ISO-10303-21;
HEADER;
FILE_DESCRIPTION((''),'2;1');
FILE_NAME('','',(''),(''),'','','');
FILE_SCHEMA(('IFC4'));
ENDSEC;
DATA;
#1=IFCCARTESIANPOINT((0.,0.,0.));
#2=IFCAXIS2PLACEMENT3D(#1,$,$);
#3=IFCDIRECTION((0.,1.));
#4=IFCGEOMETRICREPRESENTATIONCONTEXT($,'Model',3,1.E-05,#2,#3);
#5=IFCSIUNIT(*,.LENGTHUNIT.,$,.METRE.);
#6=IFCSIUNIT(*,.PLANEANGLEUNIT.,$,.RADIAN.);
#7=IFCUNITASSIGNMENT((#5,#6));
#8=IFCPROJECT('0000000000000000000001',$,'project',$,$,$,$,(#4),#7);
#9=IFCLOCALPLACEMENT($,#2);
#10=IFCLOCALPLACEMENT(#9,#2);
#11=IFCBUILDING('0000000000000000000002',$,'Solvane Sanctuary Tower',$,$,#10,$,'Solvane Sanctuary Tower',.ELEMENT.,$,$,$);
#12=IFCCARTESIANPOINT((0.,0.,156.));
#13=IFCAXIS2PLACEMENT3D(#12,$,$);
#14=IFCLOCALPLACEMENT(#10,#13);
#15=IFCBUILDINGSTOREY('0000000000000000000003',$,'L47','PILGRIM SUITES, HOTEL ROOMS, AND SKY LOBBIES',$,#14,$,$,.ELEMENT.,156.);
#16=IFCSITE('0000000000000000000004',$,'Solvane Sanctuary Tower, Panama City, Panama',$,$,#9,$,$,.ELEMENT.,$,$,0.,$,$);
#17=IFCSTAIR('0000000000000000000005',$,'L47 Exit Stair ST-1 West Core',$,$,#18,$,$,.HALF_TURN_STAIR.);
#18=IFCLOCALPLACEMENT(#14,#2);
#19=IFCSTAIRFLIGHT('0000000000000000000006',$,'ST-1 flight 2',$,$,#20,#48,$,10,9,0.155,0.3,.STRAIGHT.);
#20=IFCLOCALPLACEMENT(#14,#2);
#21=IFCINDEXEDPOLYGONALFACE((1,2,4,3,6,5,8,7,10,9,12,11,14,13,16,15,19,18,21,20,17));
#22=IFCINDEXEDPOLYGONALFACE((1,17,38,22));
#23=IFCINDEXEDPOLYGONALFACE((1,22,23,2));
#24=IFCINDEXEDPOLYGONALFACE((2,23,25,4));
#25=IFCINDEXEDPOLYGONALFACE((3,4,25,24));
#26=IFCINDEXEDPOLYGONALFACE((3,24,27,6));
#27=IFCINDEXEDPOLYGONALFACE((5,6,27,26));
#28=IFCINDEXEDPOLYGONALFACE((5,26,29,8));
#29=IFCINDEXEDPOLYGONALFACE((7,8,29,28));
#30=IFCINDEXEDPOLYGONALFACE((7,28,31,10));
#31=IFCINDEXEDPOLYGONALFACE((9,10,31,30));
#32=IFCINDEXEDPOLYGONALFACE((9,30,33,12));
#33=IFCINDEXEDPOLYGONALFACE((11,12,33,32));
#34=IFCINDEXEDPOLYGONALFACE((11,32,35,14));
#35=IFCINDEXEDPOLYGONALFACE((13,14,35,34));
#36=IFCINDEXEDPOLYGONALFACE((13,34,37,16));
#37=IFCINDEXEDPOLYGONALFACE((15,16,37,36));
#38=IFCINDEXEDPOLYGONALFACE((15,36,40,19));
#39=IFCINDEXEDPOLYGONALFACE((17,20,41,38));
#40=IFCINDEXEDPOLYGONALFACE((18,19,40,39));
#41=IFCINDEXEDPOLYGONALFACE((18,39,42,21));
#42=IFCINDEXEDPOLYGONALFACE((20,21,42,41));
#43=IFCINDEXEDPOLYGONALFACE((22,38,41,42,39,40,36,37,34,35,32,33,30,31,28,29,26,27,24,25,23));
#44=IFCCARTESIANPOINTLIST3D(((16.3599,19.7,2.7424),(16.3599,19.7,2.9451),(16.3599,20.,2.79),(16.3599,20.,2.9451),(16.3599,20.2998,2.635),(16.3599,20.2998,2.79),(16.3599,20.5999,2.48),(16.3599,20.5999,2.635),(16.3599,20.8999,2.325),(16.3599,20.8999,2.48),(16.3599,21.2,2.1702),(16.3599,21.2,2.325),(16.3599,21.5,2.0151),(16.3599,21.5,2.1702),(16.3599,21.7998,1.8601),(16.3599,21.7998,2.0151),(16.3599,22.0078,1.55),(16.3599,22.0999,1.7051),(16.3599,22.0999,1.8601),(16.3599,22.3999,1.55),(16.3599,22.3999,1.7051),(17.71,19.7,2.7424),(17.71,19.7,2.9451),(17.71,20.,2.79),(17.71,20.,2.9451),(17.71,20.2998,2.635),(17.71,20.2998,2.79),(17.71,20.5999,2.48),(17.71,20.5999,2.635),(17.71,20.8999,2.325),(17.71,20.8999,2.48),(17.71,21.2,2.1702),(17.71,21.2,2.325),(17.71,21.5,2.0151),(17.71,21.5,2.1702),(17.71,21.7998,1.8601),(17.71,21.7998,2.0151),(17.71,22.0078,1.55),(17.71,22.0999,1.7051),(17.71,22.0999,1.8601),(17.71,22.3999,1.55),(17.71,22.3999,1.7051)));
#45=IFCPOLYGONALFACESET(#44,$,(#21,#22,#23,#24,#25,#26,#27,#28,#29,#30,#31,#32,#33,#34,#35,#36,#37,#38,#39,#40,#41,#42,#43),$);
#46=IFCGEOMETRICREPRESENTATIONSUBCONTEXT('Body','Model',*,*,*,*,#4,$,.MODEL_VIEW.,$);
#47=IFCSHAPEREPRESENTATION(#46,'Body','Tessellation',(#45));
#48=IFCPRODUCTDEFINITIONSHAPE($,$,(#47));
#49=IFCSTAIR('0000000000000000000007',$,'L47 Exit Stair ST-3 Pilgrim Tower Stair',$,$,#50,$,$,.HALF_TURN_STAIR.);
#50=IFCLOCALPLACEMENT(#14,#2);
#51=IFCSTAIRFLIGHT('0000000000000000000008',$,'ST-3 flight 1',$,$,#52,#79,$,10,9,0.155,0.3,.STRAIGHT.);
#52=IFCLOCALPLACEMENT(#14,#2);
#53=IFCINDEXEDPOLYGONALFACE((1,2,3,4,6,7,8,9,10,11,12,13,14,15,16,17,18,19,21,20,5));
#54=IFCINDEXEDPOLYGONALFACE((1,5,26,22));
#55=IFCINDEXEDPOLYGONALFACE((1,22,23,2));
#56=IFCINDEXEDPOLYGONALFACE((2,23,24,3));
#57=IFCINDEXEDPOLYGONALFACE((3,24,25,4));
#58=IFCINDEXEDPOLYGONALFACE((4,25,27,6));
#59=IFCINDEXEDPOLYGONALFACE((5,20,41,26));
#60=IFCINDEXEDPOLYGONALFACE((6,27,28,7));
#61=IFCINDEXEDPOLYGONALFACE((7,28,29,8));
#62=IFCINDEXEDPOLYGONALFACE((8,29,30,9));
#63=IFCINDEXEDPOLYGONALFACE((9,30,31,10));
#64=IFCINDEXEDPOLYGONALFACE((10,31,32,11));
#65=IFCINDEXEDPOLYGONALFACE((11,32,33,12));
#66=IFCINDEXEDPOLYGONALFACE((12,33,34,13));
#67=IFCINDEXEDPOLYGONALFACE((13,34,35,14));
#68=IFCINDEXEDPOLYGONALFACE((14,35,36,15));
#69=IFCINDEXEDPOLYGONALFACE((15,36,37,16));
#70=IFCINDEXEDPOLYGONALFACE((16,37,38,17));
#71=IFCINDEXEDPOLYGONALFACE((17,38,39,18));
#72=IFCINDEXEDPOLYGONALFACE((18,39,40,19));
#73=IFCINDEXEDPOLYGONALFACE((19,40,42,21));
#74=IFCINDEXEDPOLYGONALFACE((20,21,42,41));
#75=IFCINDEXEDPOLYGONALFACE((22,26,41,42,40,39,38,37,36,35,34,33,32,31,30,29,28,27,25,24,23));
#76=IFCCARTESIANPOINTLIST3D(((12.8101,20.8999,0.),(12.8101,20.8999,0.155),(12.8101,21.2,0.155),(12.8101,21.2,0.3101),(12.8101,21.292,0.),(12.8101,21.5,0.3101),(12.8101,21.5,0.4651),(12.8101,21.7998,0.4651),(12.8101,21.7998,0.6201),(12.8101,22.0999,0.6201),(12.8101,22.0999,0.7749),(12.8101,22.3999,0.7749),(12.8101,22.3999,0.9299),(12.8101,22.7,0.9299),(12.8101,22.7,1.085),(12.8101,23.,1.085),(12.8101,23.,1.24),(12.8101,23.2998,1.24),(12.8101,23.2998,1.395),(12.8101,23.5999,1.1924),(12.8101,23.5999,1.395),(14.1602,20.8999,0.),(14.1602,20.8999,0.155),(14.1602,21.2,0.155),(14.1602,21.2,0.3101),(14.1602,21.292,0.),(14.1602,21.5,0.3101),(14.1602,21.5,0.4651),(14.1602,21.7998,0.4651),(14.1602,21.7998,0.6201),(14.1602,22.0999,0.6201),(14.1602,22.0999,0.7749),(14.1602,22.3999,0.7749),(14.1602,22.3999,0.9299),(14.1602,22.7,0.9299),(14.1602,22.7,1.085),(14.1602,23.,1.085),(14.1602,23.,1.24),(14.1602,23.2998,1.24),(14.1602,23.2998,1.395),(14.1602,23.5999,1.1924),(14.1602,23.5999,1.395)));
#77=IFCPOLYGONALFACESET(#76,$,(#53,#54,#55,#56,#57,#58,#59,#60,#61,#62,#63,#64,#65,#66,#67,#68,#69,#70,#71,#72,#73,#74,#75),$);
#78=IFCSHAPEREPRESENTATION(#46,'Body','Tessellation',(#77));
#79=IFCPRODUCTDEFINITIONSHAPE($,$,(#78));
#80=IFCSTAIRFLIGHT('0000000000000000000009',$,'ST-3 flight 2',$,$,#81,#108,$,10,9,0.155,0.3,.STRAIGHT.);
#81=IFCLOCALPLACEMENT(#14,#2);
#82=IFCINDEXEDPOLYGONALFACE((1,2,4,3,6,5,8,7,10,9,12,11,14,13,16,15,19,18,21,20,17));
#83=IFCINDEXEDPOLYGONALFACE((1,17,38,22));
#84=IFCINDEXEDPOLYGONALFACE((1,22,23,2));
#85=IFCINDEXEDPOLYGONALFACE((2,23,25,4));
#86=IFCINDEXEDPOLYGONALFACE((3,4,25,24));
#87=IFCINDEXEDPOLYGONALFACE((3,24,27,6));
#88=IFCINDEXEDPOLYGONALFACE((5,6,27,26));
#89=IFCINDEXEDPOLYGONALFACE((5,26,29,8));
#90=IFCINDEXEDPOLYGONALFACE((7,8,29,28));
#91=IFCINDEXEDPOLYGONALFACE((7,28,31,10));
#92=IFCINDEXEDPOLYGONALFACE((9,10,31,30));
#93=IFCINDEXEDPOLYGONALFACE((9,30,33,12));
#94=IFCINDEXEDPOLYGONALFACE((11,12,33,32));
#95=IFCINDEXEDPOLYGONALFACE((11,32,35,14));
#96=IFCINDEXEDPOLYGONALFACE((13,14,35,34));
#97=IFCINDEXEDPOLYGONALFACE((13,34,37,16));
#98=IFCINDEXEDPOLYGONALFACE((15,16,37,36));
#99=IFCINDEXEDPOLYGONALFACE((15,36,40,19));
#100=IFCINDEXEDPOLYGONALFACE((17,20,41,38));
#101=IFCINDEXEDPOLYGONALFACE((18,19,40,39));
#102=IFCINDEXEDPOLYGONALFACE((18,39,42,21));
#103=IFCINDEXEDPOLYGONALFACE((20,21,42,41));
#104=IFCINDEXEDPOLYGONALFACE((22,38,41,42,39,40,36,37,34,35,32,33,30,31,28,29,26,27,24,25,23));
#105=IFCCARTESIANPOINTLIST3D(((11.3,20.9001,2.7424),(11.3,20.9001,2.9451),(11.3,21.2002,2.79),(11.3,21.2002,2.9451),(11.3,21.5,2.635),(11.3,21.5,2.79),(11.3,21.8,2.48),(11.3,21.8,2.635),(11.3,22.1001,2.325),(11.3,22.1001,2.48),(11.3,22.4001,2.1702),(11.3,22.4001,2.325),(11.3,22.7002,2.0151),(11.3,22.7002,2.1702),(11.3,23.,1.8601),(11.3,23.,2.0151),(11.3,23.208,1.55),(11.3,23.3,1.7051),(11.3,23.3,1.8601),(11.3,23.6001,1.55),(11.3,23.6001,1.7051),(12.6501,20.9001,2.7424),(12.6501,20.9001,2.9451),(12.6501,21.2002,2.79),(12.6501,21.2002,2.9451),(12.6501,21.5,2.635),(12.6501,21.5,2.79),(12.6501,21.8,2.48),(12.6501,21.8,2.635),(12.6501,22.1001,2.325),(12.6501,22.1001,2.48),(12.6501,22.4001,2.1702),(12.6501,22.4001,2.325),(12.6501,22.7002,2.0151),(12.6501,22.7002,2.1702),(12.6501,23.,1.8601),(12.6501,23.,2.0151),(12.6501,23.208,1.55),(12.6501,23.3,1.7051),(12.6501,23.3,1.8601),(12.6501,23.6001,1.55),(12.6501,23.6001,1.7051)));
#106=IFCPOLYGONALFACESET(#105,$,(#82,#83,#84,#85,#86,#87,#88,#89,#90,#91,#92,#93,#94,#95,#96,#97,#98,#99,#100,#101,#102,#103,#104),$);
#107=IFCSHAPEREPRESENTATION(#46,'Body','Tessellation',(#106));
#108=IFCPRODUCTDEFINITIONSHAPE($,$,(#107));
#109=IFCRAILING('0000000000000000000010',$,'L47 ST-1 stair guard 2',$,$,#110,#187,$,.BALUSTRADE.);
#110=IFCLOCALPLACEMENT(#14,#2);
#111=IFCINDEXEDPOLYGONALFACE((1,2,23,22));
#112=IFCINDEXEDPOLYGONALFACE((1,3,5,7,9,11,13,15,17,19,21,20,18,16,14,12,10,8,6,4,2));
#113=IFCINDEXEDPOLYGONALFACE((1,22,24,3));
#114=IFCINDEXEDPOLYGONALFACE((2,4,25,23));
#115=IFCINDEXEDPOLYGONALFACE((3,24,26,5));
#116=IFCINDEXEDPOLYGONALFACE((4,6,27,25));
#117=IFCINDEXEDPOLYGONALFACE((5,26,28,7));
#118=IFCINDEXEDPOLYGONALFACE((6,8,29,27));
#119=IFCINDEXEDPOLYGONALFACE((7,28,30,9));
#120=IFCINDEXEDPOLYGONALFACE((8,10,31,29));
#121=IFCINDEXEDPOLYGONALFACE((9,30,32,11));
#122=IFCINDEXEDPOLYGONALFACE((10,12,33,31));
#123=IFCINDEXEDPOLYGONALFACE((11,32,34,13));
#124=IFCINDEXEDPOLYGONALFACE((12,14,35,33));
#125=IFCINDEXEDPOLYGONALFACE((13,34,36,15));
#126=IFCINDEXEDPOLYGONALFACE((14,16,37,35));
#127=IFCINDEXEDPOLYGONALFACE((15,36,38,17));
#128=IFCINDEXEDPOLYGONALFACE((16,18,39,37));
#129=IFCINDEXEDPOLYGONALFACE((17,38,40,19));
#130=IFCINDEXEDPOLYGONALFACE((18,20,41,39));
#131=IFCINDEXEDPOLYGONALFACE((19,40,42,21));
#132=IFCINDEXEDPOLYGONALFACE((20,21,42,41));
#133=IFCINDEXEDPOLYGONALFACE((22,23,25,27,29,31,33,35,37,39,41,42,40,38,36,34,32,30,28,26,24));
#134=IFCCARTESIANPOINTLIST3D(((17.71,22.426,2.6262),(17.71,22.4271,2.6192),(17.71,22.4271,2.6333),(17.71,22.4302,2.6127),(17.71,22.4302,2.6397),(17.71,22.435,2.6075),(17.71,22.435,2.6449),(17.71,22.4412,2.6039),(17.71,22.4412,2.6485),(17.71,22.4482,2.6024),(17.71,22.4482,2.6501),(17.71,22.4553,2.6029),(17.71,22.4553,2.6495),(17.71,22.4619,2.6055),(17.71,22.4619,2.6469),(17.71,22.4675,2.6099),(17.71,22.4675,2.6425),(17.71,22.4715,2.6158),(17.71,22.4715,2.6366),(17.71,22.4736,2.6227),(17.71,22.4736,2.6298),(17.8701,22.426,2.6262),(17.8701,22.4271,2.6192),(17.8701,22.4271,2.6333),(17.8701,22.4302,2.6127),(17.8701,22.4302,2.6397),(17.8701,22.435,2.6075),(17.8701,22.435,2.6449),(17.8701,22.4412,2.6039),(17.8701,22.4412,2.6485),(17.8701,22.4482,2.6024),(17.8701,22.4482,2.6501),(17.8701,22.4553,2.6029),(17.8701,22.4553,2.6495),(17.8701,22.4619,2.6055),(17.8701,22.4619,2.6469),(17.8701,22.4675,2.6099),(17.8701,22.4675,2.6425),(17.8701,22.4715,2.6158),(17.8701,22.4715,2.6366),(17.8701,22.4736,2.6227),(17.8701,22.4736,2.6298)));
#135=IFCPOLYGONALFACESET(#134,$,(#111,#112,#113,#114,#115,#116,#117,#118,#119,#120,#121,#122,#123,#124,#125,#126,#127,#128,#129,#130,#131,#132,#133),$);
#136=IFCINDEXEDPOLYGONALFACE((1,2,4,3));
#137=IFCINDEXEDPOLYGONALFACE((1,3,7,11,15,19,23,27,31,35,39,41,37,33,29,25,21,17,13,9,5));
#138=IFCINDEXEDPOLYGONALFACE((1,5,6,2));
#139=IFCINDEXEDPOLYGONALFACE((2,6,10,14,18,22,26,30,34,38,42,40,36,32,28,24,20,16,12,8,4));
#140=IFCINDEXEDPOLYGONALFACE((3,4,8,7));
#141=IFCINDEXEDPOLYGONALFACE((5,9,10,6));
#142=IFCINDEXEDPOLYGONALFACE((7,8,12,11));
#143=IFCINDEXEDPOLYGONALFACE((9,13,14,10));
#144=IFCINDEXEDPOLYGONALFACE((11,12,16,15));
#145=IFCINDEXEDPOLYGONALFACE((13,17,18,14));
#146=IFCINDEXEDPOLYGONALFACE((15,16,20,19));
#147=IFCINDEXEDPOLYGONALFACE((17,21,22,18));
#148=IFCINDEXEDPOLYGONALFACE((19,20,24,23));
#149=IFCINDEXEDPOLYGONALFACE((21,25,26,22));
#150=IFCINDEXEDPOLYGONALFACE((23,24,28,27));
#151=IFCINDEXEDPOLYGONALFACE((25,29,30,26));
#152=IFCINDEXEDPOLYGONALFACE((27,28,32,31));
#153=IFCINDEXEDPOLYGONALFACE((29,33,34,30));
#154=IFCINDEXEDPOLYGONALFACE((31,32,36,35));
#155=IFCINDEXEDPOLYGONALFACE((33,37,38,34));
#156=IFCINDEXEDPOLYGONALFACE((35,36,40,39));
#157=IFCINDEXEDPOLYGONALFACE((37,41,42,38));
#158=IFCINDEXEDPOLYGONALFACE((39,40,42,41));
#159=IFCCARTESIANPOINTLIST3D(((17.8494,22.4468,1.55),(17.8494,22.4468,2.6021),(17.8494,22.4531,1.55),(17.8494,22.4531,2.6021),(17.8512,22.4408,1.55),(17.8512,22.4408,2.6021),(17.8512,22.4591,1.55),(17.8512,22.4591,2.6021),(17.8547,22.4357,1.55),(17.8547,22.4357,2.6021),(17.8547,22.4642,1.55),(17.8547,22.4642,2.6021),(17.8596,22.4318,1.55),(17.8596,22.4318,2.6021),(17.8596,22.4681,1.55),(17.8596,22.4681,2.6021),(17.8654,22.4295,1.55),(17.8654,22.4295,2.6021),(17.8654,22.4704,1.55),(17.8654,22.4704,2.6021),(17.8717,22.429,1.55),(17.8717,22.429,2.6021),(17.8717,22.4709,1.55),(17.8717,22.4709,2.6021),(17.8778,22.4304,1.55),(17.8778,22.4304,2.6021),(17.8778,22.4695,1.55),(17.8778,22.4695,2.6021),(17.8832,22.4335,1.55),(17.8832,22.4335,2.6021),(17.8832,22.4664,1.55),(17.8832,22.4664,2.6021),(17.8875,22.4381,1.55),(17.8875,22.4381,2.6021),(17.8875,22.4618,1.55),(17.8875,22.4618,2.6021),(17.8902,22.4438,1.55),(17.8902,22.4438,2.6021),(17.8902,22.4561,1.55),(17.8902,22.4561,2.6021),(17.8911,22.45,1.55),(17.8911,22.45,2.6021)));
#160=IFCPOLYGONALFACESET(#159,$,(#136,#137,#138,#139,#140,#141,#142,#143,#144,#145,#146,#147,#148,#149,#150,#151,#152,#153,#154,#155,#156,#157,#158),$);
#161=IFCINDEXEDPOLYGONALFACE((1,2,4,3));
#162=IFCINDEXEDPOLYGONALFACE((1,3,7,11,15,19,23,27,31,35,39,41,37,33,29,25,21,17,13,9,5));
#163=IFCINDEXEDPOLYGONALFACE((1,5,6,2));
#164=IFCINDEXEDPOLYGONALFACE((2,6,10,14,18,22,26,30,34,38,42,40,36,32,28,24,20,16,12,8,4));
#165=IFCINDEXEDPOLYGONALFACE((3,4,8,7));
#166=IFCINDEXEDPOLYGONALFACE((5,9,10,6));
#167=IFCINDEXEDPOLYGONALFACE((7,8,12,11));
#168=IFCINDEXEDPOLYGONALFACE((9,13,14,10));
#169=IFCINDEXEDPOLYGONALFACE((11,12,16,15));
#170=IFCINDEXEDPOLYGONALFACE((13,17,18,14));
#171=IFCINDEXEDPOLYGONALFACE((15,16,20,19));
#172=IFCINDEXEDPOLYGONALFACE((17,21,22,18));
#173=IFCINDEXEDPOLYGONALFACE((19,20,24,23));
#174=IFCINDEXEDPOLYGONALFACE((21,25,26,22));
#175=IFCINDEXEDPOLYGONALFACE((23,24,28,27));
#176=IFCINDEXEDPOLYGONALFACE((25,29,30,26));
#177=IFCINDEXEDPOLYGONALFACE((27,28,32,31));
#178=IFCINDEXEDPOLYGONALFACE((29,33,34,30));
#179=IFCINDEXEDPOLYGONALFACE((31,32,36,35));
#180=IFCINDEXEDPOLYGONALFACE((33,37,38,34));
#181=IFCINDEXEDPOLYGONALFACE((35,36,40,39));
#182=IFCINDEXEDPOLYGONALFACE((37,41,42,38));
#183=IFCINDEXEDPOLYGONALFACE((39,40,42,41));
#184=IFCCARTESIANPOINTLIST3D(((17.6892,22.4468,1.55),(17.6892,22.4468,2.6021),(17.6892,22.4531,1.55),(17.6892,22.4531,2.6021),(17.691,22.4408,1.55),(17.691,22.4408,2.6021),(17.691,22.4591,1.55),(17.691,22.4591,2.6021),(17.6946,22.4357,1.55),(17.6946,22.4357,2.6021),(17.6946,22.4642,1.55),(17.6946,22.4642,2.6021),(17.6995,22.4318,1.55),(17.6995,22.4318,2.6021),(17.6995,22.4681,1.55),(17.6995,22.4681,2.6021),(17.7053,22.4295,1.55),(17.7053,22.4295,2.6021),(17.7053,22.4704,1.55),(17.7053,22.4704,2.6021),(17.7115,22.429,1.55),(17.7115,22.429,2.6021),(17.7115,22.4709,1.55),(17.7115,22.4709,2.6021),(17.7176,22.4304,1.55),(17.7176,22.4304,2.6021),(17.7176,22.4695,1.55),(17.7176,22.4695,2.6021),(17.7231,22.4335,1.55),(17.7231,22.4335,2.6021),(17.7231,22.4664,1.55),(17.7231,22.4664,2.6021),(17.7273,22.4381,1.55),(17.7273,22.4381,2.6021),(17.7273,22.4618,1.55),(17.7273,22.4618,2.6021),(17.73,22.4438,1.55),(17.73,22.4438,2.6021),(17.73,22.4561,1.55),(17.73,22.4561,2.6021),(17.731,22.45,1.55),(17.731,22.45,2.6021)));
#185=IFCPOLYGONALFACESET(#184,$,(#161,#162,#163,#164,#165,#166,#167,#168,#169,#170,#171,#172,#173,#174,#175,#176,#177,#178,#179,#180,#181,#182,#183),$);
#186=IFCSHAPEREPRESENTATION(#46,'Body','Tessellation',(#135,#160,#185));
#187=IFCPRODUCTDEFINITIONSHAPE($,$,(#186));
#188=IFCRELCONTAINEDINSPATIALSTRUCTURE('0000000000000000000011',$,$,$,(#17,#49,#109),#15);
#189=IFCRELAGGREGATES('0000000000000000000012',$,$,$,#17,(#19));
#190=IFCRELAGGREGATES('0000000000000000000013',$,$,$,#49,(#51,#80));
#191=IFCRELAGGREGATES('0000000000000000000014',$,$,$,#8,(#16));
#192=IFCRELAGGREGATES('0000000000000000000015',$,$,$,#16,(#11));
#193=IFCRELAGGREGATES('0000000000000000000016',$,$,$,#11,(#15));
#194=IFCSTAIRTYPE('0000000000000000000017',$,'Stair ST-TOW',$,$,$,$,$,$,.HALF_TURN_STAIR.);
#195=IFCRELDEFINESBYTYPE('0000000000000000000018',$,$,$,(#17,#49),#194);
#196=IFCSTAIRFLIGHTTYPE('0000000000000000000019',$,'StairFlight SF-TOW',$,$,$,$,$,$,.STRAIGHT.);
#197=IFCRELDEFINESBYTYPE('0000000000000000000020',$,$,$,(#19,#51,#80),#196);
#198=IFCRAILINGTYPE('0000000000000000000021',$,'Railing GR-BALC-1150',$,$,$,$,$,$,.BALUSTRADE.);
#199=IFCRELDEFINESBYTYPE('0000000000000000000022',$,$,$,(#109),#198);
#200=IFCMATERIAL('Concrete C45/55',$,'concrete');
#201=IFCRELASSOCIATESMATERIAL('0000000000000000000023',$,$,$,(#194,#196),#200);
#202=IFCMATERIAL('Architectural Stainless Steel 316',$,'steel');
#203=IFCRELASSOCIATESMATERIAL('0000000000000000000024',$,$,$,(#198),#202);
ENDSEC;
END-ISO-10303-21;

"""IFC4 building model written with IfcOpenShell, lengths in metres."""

from ifc_helpers import new_model, si_unit, direction, frame, origin, origin_2d, place, context, subcontext, project, spatial, polyline, circle, outline, extrude, material, type_object, element, aggregate, save


model = new_model("IFC4")

# Units and contexts
model_context = context("Model", 3, precision=1e-05, world=origin(), true_north=direction((0.0, 1.0)))
body_context = subcontext(model_context, "Body", "Model", "MODEL_VIEW")
ifc_project = project(units=[si_unit("LENGTHUNIT", "METRE"), si_unit("PLANEANGLEUNIT", "RADIAN")], contexts=[model_context])

# Site, building, storey
site_placement = place(None, origin())
site = spatial("IfcSite", under=ifc_project, at=site_placement, Name="Solvane Sanctuary Tower, Panama City, Panama", CompositionType="ELEMENT", RefElevation=0.0)
building_placement = place(site_placement, origin())
building = spatial("IfcBuilding", under=site, at=building_placement, Name="Solvane Sanctuary Tower", LongName="Solvane Sanctuary Tower", CompositionType="ELEMENT")
storey_placement = place(building_placement, frame((0.0, 0.0, 156.0)))
storey = spatial("IfcBuildingStorey", under=building, at=storey_placement, Name="L47", Description="PILGRIM SUITES, HOTEL ROOMS, AND SKY LOBBIES", CompositionType="ELEMENT", Elevation=156.0)

# Shared definitions
ifc_material_1 = material(Name="Architectural Stainless Steel 316", Category="steel")

# Stair, stair flight
ifc_material_2 = material(Name="Concrete C45/55", Category="concrete")
stair_type = type_object("IfcStairType", Name="Stair ST-TOW", PredefinedType="HALF_TURN_STAIR", material=ifc_material_2)
stair_1_placement = place(storey_placement, origin())
stair_1 = element("IfcStair", 1, at=stair_1_placement, inside=storey, type_object=stair_type, Name="L47 Exit Stair ST-1 West Core", PredefinedType="HALF_TURN_STAIR")
stair_flight_type = type_object("IfcStairFlightType", Name="StairFlight SF-TOW", PredefinedType="STRAIGHT", material=ifc_material_2)
stair_flight_1_placement = place(storey_placement, frame((17.0349, 22.3999, 1.55), z_axis=(0.0, 0.0, 1.0), x_axis=(0.0, -1.0, 0.0)))
stair_flight_1 = element("IfcStairFlight", 2, at=stair_flight_1_placement, type_object=stair_flight_type, Name="ST-1 flight 2", NumberOfRisers=10, NumberOfTreads=9, PredefinedType="STRAIGHT", RiserHeight=0.155, TreadLength=0.3, context=body_context, shape_type="SweptSolid", body=[
    extrude(outline(polyline([(0.0, 0.0), (0.0, 0.155), (0.3, 0.155), (0.3, 0.3101), (0.6001, 0.3101), (0.6001, 0.4651), (0.8999, 0.4651), (0.8999, 0.6201), (1.2, 0.6201), (1.2, 0.7749), (1.5, 0.7749), (1.5, 0.9299), (1.8, 0.9299), (1.8, 1.085), (2.1001, 1.085), (2.1001, 1.24), (2.3999, 1.24), (2.3999, 1.395), (2.7, 1.395), (2.7, 1.55), (2.7, 1.1924), (0.3921, 0.0), (0.0, 0.0)])), frame((0.0, 0.675, 0.0), z_axis=(0.0, -1.0, 0.0), x_axis=(1.0, 0.0, 0.0)), (0.0, 0.0, 1.0), 1.3501),
])
aggregate(stair_1, [stair_flight_1])

# Stair, stair flights
stair_2_placement = place(storey_placement, origin())
stair_2 = element("IfcStair", 3, at=stair_2_placement, inside=storey, type_object=stair_type, Name="L47 Exit Stair ST-3 Pilgrim Tower Stair", PredefinedType="HALF_TURN_STAIR")
stair_flight_2_placement = place(storey_placement, frame((13.4851, 20.8999, 0.0), z_axis=(0.0, 0.0, 1.0), x_axis=(0.0, 1.0, 0.0)))
stair_flight_2 = element("IfcStairFlight", 4, at=stair_flight_2_placement, type_object=stair_flight_type, Name="ST-3 flight 1", NumberOfRisers=10, NumberOfTreads=9, PredefinedType="STRAIGHT", RiserHeight=0.155, TreadLength=0.3, context=body_context, shape_type="SweptSolid", body=[
    extrude(outline(polyline([(0.0, 0.0), (0.0, 0.155), (0.3, 0.155), (0.3, 0.3101), (0.6001, 0.3101), (0.6001, 0.4651), (0.8999, 0.4651), (0.8999, 0.6201), (1.2, 0.6201), (1.2, 0.7749), (1.5, 0.7749), (1.5, 0.9299), (1.8, 0.9299), (1.8, 1.085), (2.1001, 1.085), (2.1001, 1.24), (2.3999, 1.24), (2.3999, 1.395), (2.7, 1.395), (2.7, 1.55), (2.7, 1.1924), (0.3921, 0.0), (0.0, 0.0)])), frame((0.0, 0.675, 0.0), z_axis=(0.0, -1.0, 0.0), x_axis=(1.0, 0.0, 0.0)), (0.0, 0.0, 1.0), 1.3501),
])
stair_flight_3_placement = place(storey_placement, frame((11.9751, 23.6001, 1.55), z_axis=(0.0, 0.0, 1.0), x_axis=(0.0, -1.0, 0.0)))
stair_flight_3 = element("IfcStairFlight", 5, at=stair_flight_3_placement, type_object=stair_flight_type, Name="ST-3 flight 2", NumberOfRisers=10, NumberOfTreads=9, PredefinedType="STRAIGHT", RiserHeight=0.155, TreadLength=0.3, context=body_context, shape_type="SweptSolid", body=[
    extrude(outline(polyline([(0.0, 0.0), (0.0, 0.155), (0.3, 0.155), (0.3, 0.3101), (0.6001, 0.3101), (0.6001, 0.4651), (0.8999, 0.4651), (0.8999, 0.6201), (1.2, 0.6201), (1.2, 0.7749), (1.5, 0.7749), (1.5, 0.9299), (1.8, 0.9299), (1.8, 1.085), (2.1001, 1.085), (2.1001, 1.24), (2.3999, 1.24), (2.3999, 1.395), (2.7, 1.395), (2.7, 1.55), (2.7, 1.1924), (0.3921, 0.0), (0.0, 0.0)])), frame((0.0, 0.675, 0.0), z_axis=(0.0, -1.0, 0.0), x_axis=(1.0, 0.0, 0.0)), (0.0, 0.0, 1.0), 1.3501),
])
aggregate(stair_2, [stair_flight_2, stair_flight_3])

# Railing
railing_type_1 = type_object("IfcRailingType", Name="Railing GR-BALC-1150", PredefinedType="BALUSTRADE", material=ifc_material_1)
railing_1_placement = place(storey_placement, frame((17.8701, 22.45, 1.55)))
element("IfcRailing", 6, at=railing_1_placement, inside=storey, type_object=railing_type_1, Name="L47 ST-1 stair guard 2", PredefinedType="BALUSTRADE", context=body_context, shape_type="SweptSolid", body=[
    extrude(circle(Radius=0.0239, at=origin_2d()), frame((0.0, 0.0, 1.0762), z_axis=(-1.0, 0.0, 0.0), x_axis=(0.0, -1.0, 0.0)), (0.0, 0.0, 1.0), 0.1602),
    extrude(circle(Radius=0.021, at=origin_2d()), origin(), (0.0, 0.0, 1.0), 1.052),
    extrude(circle(Radius=0.021, at=origin_2d()), frame((-0.1602, 0.0, 0.0)), (0.0, 0.0, 1.0), 1.052),
])

save(model, "model.ifc")
